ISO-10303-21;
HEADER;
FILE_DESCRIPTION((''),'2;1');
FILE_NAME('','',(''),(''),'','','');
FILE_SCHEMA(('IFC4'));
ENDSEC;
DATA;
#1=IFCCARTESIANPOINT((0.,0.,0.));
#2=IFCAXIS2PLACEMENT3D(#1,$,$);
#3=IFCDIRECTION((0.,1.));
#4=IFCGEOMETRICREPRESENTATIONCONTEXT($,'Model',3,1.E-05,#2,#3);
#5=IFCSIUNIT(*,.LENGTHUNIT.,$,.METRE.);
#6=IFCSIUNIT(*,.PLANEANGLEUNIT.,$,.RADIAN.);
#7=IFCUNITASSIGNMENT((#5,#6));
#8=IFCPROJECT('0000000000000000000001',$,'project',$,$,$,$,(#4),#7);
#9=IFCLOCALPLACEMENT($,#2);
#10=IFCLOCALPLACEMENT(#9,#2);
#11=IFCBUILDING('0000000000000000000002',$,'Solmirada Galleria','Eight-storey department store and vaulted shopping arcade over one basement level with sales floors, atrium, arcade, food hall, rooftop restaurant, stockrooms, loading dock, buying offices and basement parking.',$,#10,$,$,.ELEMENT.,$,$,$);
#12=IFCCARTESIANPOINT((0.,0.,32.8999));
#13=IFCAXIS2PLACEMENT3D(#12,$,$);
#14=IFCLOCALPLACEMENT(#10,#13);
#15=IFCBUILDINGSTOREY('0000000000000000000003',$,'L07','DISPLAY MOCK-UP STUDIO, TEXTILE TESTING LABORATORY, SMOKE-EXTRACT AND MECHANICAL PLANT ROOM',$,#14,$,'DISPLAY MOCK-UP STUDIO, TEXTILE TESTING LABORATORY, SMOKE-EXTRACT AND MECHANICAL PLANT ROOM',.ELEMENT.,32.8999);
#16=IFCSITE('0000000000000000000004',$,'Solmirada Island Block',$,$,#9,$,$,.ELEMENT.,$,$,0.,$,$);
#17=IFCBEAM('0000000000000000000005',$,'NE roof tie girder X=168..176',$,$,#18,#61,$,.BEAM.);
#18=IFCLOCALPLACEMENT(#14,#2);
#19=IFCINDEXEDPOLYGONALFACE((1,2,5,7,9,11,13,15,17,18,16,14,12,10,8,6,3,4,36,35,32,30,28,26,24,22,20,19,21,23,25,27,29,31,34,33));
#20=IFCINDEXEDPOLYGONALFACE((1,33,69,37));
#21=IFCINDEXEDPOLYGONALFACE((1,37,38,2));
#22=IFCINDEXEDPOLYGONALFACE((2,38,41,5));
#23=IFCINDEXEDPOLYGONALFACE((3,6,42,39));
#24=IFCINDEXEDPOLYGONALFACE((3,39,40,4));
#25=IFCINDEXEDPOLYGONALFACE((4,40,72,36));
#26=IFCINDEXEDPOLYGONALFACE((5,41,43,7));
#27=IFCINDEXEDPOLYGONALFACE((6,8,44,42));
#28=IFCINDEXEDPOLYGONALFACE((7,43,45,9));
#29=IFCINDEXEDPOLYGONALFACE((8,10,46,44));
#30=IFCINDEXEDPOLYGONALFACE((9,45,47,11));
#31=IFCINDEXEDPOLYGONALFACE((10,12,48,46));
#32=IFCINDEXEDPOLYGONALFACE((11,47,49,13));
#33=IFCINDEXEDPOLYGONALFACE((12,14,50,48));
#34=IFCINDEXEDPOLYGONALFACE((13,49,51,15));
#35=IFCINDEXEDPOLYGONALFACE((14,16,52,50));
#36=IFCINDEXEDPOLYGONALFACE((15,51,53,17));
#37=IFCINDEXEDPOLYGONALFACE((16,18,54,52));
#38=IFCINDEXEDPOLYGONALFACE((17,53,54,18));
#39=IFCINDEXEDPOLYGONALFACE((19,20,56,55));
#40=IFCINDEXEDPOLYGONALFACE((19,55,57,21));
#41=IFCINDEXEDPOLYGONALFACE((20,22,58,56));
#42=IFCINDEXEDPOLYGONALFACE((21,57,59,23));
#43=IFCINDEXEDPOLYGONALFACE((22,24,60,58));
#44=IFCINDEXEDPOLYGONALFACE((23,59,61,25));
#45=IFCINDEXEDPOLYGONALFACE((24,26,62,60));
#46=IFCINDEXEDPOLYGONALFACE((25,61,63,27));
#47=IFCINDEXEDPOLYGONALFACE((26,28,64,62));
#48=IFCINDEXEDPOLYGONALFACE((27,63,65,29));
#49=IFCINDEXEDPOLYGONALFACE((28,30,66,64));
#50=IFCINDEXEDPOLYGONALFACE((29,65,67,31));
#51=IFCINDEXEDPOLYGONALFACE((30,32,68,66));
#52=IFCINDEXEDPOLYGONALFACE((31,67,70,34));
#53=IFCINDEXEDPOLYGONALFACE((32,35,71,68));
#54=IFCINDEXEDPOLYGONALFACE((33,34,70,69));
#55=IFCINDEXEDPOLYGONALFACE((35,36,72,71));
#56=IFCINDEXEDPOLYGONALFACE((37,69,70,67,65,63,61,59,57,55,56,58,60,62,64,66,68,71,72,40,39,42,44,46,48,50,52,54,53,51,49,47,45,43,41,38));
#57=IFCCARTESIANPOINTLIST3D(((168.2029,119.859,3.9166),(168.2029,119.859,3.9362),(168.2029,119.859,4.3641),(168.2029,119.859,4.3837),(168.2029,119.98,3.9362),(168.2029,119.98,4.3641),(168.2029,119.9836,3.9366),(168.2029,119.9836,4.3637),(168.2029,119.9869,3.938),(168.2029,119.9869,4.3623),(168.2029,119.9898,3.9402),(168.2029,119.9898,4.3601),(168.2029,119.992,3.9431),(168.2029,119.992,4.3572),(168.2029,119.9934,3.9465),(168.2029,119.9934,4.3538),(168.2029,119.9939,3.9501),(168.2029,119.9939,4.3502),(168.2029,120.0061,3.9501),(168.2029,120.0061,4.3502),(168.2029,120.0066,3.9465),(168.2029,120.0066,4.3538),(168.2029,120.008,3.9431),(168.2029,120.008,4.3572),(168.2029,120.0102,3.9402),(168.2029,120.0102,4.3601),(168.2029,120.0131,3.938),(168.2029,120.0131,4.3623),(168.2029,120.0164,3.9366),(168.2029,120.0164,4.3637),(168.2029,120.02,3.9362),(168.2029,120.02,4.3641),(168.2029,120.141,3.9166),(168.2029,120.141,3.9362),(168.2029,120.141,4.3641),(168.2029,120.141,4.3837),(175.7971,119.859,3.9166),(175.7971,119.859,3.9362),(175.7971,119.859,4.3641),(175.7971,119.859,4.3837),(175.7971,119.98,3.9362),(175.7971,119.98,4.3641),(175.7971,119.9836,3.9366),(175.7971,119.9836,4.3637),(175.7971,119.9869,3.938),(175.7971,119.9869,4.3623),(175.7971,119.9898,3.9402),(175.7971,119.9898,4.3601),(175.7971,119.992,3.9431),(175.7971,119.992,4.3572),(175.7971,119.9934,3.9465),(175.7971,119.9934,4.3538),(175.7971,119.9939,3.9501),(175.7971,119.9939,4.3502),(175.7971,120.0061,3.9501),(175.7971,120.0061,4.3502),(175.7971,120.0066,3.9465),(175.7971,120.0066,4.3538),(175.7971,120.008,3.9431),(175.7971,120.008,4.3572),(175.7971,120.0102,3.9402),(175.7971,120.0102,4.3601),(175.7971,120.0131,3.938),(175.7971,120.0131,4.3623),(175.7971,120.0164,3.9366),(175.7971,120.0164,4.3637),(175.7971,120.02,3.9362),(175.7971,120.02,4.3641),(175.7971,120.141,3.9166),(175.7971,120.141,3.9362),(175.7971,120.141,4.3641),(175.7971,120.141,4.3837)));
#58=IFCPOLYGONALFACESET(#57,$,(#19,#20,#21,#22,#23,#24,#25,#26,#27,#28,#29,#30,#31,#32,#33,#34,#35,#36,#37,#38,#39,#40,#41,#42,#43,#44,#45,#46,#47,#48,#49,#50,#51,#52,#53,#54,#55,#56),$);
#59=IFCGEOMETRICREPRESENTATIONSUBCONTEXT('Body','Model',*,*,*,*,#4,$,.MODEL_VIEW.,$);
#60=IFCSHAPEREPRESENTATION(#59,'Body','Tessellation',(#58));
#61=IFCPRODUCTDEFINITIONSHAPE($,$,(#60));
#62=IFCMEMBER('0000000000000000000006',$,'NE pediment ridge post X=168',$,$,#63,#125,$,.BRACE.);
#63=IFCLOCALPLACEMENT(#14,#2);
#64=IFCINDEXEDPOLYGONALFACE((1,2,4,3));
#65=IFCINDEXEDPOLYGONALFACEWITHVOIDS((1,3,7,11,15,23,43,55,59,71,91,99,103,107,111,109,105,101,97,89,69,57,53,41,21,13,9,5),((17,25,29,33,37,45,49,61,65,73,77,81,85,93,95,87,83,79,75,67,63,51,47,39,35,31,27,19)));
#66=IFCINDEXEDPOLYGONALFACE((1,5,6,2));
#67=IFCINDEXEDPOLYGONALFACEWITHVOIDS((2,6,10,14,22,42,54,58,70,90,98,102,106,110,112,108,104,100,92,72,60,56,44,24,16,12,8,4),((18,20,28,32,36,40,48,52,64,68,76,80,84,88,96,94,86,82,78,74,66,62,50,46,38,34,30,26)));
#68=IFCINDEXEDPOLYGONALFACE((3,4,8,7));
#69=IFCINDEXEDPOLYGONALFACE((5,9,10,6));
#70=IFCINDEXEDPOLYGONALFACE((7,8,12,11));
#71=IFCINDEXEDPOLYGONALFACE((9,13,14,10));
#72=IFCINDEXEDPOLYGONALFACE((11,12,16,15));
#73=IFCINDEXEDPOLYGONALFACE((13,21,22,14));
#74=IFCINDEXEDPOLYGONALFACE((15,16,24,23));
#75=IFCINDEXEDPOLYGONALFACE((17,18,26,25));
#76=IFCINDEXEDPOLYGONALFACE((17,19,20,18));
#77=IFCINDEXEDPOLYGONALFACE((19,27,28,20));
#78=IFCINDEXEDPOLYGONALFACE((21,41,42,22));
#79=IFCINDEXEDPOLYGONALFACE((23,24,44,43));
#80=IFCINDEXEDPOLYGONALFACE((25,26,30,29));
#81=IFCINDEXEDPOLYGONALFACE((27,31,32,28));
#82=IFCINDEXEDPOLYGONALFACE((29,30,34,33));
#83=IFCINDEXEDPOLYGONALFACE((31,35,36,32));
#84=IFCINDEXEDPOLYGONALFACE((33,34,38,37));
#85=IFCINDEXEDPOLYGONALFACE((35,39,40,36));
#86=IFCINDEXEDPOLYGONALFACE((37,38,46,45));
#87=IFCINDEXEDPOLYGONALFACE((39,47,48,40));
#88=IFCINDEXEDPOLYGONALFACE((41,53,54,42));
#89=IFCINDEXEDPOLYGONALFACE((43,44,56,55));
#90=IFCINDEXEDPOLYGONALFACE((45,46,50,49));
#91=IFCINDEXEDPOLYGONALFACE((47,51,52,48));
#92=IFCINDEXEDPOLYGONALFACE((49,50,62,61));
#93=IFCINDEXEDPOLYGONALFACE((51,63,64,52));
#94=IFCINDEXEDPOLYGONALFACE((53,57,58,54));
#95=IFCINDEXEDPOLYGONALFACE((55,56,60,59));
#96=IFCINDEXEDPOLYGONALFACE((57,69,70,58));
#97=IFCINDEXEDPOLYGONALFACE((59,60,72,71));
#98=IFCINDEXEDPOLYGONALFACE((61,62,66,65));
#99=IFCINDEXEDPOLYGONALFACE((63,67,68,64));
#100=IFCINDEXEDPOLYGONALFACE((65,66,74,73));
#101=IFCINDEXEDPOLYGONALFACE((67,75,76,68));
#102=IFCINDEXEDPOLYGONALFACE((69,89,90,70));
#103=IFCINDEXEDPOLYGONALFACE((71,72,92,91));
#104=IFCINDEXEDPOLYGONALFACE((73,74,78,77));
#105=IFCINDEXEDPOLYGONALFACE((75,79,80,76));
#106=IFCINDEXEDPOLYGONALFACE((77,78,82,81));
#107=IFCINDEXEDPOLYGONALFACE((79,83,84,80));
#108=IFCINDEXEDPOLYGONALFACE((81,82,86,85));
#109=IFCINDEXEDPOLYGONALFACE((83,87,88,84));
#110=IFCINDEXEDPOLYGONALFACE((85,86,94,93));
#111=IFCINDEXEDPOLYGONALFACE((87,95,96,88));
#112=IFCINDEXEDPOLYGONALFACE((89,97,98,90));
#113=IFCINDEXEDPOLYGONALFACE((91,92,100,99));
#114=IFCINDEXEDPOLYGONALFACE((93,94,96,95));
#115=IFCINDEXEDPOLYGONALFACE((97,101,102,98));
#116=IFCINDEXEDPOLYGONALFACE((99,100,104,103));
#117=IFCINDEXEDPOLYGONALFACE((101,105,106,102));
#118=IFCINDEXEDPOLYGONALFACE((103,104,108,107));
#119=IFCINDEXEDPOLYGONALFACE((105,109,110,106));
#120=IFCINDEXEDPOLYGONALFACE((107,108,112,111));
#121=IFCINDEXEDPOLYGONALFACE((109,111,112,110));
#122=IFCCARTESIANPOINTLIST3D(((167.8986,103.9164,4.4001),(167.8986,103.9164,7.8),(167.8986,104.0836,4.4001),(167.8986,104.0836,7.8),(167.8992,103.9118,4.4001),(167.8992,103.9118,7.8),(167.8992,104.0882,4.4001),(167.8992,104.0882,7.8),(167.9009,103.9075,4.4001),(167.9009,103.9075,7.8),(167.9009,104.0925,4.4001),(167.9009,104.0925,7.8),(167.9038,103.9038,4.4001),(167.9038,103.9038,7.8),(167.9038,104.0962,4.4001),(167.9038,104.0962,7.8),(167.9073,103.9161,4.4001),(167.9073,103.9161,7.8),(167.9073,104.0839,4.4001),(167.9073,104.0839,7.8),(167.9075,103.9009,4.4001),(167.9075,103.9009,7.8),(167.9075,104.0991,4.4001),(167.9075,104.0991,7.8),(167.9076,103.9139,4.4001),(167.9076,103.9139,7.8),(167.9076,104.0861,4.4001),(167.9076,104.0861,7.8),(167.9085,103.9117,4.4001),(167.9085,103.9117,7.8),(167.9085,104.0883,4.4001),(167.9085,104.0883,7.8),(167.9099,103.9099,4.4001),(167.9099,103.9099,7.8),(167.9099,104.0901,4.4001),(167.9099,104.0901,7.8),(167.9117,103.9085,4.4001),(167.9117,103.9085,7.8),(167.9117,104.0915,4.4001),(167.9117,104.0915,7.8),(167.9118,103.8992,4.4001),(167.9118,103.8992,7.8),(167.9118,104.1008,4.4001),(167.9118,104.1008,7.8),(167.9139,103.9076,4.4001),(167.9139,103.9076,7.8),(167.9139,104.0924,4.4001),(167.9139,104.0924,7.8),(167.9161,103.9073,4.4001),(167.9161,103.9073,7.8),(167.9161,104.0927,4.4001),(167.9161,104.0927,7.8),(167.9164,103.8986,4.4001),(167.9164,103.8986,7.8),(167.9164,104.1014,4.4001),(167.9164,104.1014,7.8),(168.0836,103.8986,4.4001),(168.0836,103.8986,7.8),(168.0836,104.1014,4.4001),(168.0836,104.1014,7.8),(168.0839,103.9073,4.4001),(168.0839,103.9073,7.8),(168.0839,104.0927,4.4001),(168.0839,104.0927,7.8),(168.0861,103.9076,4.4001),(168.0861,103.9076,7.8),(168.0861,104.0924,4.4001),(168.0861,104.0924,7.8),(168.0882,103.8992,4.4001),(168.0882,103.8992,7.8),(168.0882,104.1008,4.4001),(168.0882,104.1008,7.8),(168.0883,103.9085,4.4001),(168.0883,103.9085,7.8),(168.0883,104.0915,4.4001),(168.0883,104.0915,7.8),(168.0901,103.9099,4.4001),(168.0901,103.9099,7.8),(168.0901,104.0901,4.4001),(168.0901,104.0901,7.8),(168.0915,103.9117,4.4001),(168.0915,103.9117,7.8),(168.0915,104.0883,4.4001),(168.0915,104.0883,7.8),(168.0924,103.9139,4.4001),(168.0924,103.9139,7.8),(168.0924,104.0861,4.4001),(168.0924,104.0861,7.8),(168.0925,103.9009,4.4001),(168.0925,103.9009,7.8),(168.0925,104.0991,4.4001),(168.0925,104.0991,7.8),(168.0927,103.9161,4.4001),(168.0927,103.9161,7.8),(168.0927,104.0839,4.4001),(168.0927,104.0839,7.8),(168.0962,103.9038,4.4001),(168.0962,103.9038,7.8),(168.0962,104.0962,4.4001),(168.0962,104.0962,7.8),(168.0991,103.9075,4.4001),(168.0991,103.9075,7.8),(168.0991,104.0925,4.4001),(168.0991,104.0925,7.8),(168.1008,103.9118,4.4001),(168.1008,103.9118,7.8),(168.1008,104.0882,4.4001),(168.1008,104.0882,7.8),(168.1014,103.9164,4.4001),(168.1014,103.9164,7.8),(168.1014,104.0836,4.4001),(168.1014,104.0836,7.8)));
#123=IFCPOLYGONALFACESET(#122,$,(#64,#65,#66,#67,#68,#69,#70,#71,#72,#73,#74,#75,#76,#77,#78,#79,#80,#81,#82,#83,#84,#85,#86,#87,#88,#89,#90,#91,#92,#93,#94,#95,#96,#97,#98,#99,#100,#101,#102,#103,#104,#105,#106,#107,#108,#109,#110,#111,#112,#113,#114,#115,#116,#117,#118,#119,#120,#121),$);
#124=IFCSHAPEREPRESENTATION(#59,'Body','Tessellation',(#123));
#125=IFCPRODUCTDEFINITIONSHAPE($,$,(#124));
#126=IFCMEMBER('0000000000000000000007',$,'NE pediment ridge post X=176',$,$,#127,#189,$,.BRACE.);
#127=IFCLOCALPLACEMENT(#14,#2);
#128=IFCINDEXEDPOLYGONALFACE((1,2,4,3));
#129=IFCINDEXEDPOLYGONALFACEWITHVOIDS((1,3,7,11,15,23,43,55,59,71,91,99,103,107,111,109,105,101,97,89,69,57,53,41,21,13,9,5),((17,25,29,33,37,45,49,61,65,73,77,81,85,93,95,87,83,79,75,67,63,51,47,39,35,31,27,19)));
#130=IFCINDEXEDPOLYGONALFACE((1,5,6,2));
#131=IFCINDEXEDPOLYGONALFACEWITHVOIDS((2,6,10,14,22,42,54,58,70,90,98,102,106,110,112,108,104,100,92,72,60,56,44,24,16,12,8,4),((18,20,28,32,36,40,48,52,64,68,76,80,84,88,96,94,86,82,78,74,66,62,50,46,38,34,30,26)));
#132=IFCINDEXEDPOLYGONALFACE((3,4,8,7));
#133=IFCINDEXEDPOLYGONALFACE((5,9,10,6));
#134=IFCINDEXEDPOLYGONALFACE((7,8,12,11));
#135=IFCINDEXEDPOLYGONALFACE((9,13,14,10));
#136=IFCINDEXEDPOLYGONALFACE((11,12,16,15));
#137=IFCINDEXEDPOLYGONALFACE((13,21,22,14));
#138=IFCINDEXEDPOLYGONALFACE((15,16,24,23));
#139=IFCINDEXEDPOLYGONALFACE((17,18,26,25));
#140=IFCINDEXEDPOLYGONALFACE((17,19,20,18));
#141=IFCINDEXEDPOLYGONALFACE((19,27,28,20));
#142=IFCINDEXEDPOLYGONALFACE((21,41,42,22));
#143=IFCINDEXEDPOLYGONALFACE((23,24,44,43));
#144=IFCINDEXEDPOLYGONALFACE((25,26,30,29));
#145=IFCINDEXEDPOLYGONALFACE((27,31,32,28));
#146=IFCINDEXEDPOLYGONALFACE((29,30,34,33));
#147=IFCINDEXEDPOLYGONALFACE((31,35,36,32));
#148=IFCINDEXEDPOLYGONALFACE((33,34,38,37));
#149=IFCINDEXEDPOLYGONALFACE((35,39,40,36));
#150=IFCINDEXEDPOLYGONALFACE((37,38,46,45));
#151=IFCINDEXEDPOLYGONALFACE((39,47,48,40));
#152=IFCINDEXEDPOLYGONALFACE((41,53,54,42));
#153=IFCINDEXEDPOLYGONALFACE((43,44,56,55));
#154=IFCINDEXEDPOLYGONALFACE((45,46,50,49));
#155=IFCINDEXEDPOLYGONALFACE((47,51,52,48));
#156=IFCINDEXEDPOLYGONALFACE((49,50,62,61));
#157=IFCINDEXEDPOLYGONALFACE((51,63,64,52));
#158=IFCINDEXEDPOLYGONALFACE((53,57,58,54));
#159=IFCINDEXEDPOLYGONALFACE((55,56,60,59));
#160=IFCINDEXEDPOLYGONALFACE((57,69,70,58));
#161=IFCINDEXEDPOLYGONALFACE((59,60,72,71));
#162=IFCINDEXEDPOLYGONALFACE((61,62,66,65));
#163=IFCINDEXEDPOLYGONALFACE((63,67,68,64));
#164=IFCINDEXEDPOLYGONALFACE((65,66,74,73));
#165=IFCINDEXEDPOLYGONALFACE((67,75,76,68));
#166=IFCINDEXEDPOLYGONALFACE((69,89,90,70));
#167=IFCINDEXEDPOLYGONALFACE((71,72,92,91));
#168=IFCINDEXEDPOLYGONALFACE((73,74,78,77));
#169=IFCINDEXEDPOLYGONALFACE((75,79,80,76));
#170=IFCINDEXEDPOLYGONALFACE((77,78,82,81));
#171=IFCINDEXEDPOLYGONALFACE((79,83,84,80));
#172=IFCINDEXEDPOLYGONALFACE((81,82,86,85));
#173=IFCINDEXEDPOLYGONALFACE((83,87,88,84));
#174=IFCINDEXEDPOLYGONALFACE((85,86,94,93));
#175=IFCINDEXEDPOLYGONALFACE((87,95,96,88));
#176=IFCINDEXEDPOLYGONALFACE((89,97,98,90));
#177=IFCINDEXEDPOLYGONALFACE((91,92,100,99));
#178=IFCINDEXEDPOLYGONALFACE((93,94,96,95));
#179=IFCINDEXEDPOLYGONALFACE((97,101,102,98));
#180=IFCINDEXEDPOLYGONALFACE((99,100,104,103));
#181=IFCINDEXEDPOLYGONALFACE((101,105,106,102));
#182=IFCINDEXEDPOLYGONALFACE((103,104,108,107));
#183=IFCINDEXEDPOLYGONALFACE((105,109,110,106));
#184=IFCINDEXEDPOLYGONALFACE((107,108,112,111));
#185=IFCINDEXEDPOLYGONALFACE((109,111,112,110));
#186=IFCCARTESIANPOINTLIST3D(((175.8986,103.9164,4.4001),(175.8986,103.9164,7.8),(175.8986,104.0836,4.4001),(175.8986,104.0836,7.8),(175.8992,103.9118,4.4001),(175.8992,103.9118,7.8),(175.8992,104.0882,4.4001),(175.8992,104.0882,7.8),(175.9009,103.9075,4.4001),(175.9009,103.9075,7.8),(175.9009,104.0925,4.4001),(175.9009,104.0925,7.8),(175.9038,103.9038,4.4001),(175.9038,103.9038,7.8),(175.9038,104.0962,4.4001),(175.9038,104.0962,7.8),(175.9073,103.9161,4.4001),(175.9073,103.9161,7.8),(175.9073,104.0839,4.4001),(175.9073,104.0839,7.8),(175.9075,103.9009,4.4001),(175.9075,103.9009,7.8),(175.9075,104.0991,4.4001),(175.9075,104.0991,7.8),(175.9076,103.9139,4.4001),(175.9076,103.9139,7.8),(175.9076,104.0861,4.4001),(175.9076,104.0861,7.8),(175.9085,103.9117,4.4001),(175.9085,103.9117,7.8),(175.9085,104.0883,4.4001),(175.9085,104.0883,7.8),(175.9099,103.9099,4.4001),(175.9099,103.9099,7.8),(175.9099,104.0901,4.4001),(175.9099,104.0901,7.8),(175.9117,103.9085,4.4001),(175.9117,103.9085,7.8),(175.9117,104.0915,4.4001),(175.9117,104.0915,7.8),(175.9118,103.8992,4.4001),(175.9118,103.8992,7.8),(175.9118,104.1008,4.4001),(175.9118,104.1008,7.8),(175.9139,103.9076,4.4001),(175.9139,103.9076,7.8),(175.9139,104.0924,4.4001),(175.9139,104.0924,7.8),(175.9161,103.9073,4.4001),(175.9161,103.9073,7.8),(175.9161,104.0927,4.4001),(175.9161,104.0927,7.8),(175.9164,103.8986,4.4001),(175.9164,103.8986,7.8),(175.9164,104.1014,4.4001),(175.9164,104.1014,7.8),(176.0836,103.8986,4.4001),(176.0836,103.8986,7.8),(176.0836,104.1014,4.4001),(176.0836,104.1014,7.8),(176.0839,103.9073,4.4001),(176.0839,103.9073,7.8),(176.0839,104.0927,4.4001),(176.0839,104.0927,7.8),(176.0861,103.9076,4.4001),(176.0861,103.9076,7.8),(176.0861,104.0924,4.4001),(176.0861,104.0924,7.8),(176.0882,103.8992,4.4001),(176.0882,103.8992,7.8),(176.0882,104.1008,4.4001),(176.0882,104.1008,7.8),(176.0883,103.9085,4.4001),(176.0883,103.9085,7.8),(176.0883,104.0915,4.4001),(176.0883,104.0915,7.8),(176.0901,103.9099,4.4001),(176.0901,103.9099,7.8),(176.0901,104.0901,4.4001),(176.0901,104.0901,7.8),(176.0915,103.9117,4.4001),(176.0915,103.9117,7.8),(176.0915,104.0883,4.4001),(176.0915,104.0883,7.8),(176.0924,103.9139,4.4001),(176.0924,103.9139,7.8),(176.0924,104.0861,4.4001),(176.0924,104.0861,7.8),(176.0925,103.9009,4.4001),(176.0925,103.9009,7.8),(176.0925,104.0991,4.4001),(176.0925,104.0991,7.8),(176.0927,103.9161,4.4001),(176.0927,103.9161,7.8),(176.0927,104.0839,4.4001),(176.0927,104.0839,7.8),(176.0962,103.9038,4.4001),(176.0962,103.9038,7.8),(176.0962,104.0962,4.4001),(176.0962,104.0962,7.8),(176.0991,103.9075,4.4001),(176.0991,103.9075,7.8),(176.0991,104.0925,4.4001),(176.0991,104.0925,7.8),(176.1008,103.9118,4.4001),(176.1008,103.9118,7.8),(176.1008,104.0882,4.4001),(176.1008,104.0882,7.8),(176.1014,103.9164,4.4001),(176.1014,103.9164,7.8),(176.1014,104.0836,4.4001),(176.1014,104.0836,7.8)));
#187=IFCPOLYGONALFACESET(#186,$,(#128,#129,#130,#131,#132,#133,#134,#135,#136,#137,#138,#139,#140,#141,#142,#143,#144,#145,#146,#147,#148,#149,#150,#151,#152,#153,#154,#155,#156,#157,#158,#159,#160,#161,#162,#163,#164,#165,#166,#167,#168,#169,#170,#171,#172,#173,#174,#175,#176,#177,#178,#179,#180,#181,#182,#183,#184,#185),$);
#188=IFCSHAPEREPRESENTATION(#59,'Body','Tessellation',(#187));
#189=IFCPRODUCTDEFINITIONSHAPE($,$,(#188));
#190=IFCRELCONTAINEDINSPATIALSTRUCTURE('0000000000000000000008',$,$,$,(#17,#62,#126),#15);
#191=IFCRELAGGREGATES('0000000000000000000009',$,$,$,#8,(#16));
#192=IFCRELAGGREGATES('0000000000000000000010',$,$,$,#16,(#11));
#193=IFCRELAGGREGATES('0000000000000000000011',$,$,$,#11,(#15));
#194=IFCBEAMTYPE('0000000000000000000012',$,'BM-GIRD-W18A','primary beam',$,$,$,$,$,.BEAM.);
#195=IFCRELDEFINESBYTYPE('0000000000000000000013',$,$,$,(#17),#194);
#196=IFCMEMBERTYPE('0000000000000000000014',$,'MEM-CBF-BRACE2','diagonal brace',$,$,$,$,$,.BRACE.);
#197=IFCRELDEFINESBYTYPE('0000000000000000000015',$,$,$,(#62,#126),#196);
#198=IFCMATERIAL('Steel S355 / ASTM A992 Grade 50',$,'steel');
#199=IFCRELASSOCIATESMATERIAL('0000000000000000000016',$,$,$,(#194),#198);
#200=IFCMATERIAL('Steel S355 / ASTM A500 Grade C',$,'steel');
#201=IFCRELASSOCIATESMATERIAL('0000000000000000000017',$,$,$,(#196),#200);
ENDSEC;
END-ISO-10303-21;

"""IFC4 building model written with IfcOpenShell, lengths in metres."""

from ifc_helpers import new_model, si_unit, direction, frame, origin, origin_2d, place, context, subcontext, project, spatial, hollow_rectangle, i_section, extrude, material, material_profile, profile_set, type_object, element, save


model = new_model("IFC4")

# Units and contexts
model_context = context("Model", 3, precision=1e-05, world=origin(), true_north=direction((0.0, 1.0)))
body_context = subcontext(model_context, "Body", "Model", "MODEL_VIEW")
ifc_project = project(units=[si_unit("LENGTHUNIT", "METRE"), si_unit("PLANEANGLEUNIT", "RADIAN")], contexts=[model_context])

# Site, building, storey
site_placement = place(None, origin())
site = spatial("IfcSite", under=ifc_project, at=site_placement, Name="Solmirada Island Block", CompositionType="ELEMENT", RefElevation=0.0)
building_placement = place(site_placement, origin())
building = spatial("IfcBuilding", under=site, at=building_placement, Name="Solmirada Galleria", Description="Eight-storey department store and vaulted shopping arcade over one basement level with sales floors, atrium, arcade, food hall, rooftop restaurant, stockrooms, loading dock, buying offices and basement parking.", CompositionType="ELEMENT")
storey_placement = place(building_placement, frame((0.0, 0.0, 32.8999)))
storey = spatial("IfcBuildingStorey", under=building, at=storey_placement, Name="L07", Description="DISPLAY MOCK-UP STUDIO, TEXTILE TESTING LABORATORY, SMOKE-EXTRACT AND MECHANICAL PLANT ROOM", LongName="DISPLAY MOCK-UP STUDIO, TEXTILE TESTING LABORATORY, SMOKE-EXTRACT AND MECHANICAL PLANT ROOM", CompositionType="ELEMENT", Elevation=32.8999)

# Shared definitions
ifc_material_1 = material(Name="Steel S355 / ASTM A500 Grade C", Category="steel")

# Beam
ifc_material_2 = material(Name="Steel S355 / ASTM A992 Grade 50", Category="steel")
ifc_material_profile_1 = material_profile(ifc_material_2, i_section(OverallWidth=0.282, OverallDepth=0.467, WebThickness=0.0122, FlangeThickness=0.0195, FilletRadius=0.0139, at=origin_2d()), Name="W18X86")
ifc_profile_set_1 = profile_set([ifc_material_profile_1], Name="Steel S355 / ASTM A992 Grade 50")
beam_type = type_object("IfcBeamType", Name="BM-GIRD-W18A", Description="primary beam", PredefinedType="BEAM", material=ifc_profile_set_1)
beam_placement = place(storey_placement, frame((168.2029, 120.0, 4.1501), z_axis=(1.0, 0.0, 0.0), x_axis=(0.0, 1.0, 0.0)))
element("IfcBeam", 1, at=beam_placement, inside=storey, type_object=beam_type, Name="NE roof tie girder X=168..176", PredefinedType="BEAM", context=body_context, shape_type="SweptSolid", body=[
    extrude(i_section(OverallWidth=0.282, OverallDepth=0.467, WebThickness=0.0122, FlangeThickness=0.0195, FilletRadius=0.0139, at=origin_2d()), origin(), (0.0, 0.0, 1.0), 7.5942),
])

# Members
ifc_material_profile_2 = material_profile(ifc_material_1, hollow_rectangle(XDim=0.2029, YDim=0.2029, WallThickness=0.0088, InnerFilletRadius=0.0088, OuterFilletRadius=0.0178, at=origin_2d()), Name="HSS8X8X3/8")
ifc_profile_set_2 = profile_set([ifc_material_profile_2], Name="Steel S355 / ASTM A500 Grade C")
member_type_1 = type_object("IfcMemberType", Name="MEM-CBF-BRACE2", Description="diagonal brace", PredefinedType="BRACE", material=ifc_profile_set_2)
for number, where, z_axis, x_axis, name in (
    (2, (168.0, 104.0, 4.4001), (0.0, 0.0, 1.0), (1.0, 0.0, 0.0), "NE pediment ridge post X=168"),
    (3, (176.0, 104.0, 4.4001), (0.0, 0.0, 1.0), (1.0, 0.0, 0.0), "NE pediment ridge post X=176"),
):
    element("IfcMember", number, at=place(storey_placement, frame(where, z_axis=z_axis, x_axis=x_axis)), inside=storey, type_object=member_type_1, Name=name, PredefinedType="BRACE", context=body_context, shape_type="SweptSolid", body=[
        extrude(hollow_rectangle(XDim=0.2029, YDim=0.2029, WallThickness=0.0088, InnerFilletRadius=0.0088, OuterFilletRadius=0.0178, at=origin_2d()), origin(), (0.0, 0.0, 1.0), 3.3999),
    ])

save(model, "model.ifc")
